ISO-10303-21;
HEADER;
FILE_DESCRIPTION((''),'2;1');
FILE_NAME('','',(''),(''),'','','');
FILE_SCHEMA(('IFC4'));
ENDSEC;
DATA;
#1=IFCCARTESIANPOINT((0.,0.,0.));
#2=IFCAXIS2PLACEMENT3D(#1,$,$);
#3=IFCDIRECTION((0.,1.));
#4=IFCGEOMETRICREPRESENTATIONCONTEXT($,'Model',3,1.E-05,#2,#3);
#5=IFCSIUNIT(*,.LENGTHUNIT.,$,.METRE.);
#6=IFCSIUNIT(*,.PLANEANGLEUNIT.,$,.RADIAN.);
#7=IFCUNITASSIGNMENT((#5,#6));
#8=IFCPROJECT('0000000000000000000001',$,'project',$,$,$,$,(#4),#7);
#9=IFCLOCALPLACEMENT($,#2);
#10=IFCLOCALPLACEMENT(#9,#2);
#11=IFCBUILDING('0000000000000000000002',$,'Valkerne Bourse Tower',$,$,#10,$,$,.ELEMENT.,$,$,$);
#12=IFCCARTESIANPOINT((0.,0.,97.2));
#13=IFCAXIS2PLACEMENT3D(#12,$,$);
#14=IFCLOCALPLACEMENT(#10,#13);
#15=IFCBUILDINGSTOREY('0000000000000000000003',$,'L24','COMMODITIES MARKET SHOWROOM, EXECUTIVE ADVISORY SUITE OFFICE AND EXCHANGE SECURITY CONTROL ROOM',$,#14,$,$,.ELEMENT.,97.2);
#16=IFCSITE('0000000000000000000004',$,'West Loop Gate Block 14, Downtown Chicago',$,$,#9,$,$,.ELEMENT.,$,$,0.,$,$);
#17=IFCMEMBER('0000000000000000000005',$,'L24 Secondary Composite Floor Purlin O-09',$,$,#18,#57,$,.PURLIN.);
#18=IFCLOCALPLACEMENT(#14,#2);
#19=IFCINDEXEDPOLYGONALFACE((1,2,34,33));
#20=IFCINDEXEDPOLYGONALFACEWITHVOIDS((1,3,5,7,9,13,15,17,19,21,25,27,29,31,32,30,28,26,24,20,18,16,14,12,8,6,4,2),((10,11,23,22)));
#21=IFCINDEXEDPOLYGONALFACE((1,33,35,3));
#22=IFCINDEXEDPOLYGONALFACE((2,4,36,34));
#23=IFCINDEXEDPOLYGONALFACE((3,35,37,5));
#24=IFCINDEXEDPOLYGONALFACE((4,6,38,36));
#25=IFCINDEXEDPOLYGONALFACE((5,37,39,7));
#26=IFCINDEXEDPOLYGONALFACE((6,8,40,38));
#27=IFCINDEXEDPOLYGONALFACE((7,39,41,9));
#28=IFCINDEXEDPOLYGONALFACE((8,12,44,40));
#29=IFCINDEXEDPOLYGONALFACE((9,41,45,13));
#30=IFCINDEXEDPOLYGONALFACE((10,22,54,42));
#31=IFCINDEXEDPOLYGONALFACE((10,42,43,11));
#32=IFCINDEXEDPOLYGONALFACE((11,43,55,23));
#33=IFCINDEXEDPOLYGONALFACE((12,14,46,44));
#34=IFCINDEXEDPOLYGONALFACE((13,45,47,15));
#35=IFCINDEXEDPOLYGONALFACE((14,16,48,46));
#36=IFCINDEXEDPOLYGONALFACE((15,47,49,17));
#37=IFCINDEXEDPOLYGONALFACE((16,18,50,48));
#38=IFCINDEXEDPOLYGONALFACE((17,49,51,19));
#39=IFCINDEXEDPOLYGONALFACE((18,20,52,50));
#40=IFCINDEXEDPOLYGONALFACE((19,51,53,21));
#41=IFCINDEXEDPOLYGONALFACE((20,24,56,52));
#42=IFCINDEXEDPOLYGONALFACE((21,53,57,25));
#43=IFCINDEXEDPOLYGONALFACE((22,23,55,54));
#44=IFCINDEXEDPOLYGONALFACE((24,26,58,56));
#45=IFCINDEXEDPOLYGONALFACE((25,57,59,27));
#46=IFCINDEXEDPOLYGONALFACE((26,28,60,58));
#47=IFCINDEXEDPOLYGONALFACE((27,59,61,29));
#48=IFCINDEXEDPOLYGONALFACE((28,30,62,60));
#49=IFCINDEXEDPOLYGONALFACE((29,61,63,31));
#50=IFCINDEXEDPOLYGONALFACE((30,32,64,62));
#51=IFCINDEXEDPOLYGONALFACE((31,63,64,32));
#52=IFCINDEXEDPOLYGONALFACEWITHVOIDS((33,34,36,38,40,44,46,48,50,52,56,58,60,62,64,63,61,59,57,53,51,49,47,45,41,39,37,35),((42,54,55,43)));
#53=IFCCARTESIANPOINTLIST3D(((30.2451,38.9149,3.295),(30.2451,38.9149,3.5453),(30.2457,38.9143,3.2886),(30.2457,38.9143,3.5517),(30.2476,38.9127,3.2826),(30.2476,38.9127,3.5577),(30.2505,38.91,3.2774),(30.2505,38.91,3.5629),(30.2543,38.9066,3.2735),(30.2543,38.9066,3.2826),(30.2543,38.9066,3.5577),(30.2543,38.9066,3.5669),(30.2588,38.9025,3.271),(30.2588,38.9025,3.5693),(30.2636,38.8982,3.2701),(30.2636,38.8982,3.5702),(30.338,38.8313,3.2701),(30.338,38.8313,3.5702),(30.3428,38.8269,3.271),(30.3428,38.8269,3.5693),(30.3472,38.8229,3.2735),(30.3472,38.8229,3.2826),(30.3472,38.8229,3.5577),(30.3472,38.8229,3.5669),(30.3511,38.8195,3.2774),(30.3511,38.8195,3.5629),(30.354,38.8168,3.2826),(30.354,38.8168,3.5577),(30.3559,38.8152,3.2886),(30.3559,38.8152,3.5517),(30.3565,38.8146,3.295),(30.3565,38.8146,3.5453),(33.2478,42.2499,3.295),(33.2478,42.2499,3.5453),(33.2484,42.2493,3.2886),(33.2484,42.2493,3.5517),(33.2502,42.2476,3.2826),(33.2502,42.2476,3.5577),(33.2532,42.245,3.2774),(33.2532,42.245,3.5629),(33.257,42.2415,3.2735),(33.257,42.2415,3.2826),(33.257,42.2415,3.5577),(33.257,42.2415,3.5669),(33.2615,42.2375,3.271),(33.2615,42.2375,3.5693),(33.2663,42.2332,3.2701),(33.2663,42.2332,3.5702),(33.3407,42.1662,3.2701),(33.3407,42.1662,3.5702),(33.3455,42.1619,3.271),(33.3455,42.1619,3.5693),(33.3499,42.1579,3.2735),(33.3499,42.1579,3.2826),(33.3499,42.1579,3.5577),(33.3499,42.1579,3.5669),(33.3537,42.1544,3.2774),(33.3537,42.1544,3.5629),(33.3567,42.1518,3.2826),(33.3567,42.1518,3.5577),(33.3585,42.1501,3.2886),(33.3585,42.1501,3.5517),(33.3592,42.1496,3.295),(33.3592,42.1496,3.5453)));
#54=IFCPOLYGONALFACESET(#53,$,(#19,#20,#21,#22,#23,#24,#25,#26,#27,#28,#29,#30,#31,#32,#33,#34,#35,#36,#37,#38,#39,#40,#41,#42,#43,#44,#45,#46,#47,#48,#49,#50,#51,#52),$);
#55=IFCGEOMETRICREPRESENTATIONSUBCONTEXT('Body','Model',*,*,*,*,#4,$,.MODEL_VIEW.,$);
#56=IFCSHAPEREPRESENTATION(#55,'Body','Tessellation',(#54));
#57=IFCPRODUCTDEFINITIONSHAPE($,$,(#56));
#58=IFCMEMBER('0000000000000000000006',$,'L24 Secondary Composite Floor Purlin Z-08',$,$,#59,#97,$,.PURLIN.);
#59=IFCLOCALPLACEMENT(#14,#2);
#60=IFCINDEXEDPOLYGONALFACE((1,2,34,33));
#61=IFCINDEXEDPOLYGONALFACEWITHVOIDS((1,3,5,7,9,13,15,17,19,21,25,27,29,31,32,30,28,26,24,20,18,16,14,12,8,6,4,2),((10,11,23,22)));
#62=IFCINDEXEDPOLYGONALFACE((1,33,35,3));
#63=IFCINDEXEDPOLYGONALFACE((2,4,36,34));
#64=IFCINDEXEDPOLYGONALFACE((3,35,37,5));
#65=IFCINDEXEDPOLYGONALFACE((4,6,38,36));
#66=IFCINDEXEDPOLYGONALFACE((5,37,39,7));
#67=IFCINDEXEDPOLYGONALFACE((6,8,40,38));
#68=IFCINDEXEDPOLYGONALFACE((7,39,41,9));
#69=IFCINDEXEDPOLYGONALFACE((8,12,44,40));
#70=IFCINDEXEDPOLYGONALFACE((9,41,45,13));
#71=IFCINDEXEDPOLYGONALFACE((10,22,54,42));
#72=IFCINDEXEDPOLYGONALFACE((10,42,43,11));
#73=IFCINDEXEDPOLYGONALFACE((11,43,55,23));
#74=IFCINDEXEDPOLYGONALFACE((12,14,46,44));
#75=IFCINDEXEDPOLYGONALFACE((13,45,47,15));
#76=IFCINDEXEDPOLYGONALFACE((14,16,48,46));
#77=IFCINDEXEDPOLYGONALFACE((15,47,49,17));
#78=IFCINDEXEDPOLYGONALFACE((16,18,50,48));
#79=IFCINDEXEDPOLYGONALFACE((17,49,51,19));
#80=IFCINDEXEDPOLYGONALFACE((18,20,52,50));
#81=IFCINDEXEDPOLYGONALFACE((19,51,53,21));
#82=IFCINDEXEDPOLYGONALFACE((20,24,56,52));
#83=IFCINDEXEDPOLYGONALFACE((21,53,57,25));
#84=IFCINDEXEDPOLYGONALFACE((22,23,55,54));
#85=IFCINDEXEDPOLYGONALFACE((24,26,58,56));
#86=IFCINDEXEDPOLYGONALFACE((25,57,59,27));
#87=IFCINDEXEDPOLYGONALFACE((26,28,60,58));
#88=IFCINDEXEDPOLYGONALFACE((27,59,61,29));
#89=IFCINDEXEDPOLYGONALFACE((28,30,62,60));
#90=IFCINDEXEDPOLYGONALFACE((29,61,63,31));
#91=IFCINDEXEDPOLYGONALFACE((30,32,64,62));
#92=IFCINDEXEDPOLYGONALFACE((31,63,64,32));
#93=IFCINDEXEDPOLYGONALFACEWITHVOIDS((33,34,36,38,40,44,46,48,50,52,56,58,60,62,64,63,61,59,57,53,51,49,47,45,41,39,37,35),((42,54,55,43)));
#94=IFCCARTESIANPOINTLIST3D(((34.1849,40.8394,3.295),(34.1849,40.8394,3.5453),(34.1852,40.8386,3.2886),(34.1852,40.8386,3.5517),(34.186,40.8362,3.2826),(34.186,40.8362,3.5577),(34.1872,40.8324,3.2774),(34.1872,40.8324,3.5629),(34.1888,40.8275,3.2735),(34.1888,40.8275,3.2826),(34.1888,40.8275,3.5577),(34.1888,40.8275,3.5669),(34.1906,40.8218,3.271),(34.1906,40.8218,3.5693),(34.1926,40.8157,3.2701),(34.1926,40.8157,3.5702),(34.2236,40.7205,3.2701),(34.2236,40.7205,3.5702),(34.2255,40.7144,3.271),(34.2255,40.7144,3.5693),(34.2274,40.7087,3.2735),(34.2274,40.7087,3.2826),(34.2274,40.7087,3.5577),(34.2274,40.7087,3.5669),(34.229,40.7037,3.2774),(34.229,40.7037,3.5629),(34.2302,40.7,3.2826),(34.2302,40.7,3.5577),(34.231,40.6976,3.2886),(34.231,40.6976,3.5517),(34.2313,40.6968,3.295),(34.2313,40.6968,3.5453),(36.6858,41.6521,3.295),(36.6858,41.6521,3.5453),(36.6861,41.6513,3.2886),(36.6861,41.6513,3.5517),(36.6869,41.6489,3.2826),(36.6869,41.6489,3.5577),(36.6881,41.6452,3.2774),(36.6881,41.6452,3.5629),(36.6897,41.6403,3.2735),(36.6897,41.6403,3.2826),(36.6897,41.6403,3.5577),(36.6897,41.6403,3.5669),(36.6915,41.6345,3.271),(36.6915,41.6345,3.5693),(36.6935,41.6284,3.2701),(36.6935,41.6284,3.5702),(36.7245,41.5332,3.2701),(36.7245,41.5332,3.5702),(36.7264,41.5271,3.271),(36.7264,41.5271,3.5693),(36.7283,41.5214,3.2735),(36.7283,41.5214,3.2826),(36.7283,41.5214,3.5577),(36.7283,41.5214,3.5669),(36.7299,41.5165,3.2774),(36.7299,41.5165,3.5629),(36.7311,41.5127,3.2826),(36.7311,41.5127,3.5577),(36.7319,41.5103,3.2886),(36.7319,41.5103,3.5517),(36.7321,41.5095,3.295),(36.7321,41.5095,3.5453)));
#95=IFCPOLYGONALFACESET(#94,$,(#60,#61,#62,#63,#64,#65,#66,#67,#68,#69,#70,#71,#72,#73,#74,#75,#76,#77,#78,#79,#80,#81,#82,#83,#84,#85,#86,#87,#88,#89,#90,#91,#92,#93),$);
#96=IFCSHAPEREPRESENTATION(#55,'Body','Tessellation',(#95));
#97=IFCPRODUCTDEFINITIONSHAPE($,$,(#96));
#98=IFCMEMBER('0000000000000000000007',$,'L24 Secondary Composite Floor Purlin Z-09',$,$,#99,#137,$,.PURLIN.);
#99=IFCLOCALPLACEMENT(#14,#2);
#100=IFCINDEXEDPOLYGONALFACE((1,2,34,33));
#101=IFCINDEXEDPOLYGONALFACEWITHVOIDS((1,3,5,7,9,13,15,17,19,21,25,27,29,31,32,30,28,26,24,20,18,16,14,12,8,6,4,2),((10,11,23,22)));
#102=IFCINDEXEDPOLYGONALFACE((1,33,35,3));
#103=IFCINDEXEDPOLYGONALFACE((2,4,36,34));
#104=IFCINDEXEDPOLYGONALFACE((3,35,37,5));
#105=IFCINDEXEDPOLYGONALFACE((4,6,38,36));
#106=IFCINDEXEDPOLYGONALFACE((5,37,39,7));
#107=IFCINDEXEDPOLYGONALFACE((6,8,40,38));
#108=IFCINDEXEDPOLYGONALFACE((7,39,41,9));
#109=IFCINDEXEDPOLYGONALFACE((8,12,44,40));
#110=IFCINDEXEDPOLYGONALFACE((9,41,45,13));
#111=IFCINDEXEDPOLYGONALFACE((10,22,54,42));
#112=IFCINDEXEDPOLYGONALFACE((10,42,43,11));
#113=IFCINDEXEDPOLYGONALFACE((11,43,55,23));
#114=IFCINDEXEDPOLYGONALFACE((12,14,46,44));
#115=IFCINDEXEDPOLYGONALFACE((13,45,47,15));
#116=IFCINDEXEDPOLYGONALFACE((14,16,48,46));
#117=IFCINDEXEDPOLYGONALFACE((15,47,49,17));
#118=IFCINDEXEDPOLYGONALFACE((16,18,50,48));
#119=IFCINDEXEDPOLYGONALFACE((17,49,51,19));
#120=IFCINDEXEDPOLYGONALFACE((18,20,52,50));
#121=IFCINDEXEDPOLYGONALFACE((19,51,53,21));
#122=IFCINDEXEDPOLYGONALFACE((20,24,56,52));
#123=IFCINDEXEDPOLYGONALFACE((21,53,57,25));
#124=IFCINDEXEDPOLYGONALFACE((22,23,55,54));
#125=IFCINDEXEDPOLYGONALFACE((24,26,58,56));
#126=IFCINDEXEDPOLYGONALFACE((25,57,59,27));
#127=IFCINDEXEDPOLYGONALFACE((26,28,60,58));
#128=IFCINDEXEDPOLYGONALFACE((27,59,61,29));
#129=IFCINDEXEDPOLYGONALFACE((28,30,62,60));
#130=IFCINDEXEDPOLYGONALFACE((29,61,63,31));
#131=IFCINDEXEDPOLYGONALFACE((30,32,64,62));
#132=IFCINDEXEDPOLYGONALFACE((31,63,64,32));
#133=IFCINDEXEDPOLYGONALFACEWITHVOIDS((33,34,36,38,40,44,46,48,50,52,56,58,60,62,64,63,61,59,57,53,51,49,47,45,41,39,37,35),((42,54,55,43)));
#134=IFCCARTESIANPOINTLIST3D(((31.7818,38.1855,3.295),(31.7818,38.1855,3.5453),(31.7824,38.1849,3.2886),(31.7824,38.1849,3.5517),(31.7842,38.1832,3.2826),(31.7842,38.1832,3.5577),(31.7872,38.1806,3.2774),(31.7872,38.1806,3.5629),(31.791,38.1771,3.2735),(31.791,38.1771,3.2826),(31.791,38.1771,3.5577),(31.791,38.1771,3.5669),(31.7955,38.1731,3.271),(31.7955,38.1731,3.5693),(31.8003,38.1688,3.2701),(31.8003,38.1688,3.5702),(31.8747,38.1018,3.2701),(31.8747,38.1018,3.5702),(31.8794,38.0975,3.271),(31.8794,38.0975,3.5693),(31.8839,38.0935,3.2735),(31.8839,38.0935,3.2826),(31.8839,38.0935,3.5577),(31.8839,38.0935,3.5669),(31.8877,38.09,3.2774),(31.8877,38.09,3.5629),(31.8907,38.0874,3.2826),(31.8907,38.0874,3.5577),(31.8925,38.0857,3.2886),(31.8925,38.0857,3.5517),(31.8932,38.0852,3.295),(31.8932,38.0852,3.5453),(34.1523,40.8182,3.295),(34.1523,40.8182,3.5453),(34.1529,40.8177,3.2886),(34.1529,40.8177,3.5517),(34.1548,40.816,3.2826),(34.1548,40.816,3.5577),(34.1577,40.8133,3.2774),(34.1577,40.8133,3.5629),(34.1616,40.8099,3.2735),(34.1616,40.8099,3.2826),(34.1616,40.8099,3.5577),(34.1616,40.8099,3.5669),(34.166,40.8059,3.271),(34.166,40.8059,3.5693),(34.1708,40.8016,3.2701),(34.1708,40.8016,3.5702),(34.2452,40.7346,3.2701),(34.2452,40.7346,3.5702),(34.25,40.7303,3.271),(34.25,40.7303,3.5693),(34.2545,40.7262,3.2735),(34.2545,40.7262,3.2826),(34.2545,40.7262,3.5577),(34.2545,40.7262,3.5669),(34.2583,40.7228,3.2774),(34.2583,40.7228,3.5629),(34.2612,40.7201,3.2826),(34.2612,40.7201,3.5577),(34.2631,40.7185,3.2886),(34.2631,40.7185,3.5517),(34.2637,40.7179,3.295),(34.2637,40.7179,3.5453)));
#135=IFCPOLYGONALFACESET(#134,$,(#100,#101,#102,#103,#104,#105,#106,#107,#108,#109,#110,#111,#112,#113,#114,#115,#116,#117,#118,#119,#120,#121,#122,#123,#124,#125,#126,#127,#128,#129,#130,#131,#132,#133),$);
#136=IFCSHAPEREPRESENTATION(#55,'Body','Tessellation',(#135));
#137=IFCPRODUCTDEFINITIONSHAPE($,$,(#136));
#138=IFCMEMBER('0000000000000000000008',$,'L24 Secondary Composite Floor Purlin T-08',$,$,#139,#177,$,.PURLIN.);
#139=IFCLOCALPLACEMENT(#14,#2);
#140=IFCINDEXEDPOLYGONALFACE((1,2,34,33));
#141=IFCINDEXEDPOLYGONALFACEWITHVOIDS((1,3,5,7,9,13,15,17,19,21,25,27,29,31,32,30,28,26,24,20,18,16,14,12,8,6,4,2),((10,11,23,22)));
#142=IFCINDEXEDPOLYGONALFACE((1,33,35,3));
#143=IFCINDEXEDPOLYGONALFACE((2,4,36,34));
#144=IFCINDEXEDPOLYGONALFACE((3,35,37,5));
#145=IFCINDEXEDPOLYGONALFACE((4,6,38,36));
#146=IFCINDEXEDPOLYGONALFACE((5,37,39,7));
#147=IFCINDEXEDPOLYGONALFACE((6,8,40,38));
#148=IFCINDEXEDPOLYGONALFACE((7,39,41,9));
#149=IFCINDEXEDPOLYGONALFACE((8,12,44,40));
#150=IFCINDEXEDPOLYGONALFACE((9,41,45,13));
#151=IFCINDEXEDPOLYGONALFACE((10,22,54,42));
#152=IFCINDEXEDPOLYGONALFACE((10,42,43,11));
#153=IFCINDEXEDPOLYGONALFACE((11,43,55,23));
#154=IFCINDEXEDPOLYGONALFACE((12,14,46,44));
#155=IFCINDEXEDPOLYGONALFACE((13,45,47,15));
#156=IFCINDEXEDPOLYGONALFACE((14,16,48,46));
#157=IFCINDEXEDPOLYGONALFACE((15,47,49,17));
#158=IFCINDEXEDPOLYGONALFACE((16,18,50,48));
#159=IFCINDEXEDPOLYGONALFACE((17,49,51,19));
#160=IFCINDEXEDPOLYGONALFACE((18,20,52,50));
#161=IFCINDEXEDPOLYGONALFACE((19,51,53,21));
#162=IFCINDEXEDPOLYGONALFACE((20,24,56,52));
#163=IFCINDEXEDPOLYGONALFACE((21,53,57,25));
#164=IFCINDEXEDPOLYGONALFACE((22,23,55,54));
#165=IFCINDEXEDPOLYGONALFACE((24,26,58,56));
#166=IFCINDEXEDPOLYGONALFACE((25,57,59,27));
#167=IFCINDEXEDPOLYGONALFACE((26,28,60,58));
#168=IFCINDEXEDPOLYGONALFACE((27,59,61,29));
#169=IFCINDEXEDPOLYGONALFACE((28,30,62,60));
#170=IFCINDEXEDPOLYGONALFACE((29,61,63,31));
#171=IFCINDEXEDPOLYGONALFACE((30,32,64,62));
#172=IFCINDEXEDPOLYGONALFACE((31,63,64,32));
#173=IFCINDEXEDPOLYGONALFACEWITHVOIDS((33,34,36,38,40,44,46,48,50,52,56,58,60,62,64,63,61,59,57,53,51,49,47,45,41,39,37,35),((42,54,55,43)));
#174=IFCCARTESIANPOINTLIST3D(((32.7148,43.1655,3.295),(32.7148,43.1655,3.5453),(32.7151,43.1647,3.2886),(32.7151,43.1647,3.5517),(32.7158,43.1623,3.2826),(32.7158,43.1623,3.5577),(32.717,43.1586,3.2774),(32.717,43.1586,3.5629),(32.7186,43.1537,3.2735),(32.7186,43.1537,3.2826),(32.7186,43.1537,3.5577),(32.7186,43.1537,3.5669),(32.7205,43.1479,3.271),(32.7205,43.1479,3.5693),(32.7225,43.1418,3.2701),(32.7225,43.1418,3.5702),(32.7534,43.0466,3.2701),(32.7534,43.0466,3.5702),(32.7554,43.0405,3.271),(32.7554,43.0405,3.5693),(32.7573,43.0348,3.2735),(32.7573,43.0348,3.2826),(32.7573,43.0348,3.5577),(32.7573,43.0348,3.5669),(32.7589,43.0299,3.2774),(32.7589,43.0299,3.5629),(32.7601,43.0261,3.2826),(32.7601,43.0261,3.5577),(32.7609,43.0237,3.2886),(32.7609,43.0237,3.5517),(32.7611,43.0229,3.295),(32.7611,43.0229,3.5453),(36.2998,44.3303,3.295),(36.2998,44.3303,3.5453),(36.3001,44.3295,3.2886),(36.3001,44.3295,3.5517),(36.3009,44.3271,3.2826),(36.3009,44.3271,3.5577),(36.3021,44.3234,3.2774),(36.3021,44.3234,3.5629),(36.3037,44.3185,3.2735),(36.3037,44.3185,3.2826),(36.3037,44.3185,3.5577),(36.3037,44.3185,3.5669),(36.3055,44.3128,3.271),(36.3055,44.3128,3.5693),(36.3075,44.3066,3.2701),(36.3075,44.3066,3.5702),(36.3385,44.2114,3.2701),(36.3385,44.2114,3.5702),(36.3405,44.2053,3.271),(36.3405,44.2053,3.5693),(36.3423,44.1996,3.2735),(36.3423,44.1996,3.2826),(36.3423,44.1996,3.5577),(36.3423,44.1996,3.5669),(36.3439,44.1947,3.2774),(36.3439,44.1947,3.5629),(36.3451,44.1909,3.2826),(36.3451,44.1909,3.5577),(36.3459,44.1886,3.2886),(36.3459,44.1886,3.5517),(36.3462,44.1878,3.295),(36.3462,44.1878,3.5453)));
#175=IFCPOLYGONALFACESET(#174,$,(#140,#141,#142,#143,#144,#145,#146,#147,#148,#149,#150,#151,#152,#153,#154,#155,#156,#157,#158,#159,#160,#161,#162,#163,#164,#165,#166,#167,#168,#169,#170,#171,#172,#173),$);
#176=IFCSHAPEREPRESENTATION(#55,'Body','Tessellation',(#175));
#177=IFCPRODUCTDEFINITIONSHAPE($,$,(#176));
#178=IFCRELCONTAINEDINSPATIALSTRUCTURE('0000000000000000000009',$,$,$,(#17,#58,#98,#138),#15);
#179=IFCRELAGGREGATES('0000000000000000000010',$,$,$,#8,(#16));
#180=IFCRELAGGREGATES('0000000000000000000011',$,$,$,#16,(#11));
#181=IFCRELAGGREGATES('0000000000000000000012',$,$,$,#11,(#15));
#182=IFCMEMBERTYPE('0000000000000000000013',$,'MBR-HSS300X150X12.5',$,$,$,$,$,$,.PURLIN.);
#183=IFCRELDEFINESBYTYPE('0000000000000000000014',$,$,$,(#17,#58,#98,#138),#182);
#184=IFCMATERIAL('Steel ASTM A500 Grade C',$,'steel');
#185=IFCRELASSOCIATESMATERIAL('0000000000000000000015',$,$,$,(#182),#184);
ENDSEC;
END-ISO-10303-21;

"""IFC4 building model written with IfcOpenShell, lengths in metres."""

from ifc_helpers import new_model, si_unit, direction, frame, origin, origin_2d, place, context, subcontext, project, spatial, hollow_rectangle, extrude, material, material_profile, profile_set, type_object, element, save


model = new_model("IFC4")

# Units and contexts
model_context = context("Model", 3, precision=1e-05, world=origin(), true_north=direction((0.0, 1.0)))
body_context = subcontext(model_context, "Body", "Model", "MODEL_VIEW")
ifc_project = project(units=[si_unit("LENGTHUNIT", "METRE"), si_unit("PLANEANGLEUNIT", "RADIAN")], contexts=[model_context])

# Site, building, storey
site_placement = place(None, origin())
site = spatial("IfcSite", under=ifc_project, at=site_placement, Name="West Loop Gate Block 14, Downtown Chicago", CompositionType="ELEMENT", RefElevation=0.0)
building_placement = place(site_placement, origin())
building = spatial("IfcBuilding", under=site, at=building_placement, Name="Valkerne Bourse Tower", CompositionType="ELEMENT")
storey_placement = place(building_placement, frame((0.0, 0.0, 97.2)))
storey = spatial("IfcBuildingStorey", under=building, at=storey_placement, Name="L24", Description="COMMODITIES MARKET SHOWROOM, EXECUTIVE ADVISORY SUITE OFFICE AND EXCHANGE SECURITY CONTROL ROOM", CompositionType="ELEMENT", Elevation=97.2)

# Members
ifc_material_1 = material(Name="Steel ASTM A500 Grade C", Category="steel")
ifc_material_profile_1 = material_profile(ifc_material_1, hollow_rectangle(XDim=0.1499, YDim=0.3, WallThickness=0.0125, OuterFilletRadius=0.0249, at=origin_2d()), Name="HSS300X150X12.5")
ifc_profile_set_1 = profile_set([ifc_material_profile_1], Name="Steel ASTM A500 Grade C")
member_type_1 = type_object("IfcMemberType", Name="MBR-HSS300X150X12.5", PredefinedType="PURLIN", material=ifc_profile_set_1)
member_1_placement = place(storey_placement, frame((33.3035, 42.1997, 3.4202), z_axis=(-0.669115, -0.743159, 0.0), x_axis=(0.743159, -0.669115, 0.0)))
element("IfcMember", 1, at=member_1_placement, inside=storey, type_object=member_type_1, Name="L24 Secondary Composite Floor Purlin O-09", PredefinedType="PURLIN", context=body_context, shape_type="SweptSolid", body=[
    extrude(hollow_rectangle(XDim=0.1499, YDim=0.3, WallThickness=0.0125, OuterFilletRadius=0.0249, at=origin_2d()), origin(), (0.0, 0.0, 1.0), 4.4875),
])
member_2_placement = place(storey_placement, frame((36.709, 41.5808, 3.4202), z_axis=(-0.951042, -0.309061, 0.0), x_axis=(0.309061, -0.951042, 0.0)))
element("IfcMember", 2, at=member_2_placement, inside=storey, type_object=member_type_1, Name="L24 Secondary Composite Floor Purlin Z-08", PredefinedType="PURLIN", context=body_context, shape_type="SweptSolid", body=[
    extrude(hollow_rectangle(XDim=0.1499, YDim=0.3, WallThickness=0.0125, OuterFilletRadius=0.0249, at=origin_2d()), origin(), (0.0, 0.0, 1.0), 2.6296),
])
member_3_placement = place(storey_placement, frame((34.208, 40.7681, 3.4202), z_axis=(-0.669132, -0.743143, 0.0), x_axis=(0.743143, -0.669132, 0.0)))
element("IfcMember", 3, at=member_3_placement, inside=storey, type_object=member_type_1, Name="L24 Secondary Composite Floor Purlin Z-09", PredefinedType="PURLIN", context=body_context, shape_type="SweptSolid", body=[
    extrude(hollow_rectangle(XDim=0.1499, YDim=0.3, WallThickness=0.0125, OuterFilletRadius=0.0249, at=origin_2d()), origin(), (0.0, 0.0, 1.0), 3.5427),
])
member_4_placement = place(storey_placement, frame((36.323, 44.259, 3.4202), z_axis=(-0.951059, -0.30901, 0.0), x_axis=(0.30901, -0.951059, 0.0)))
element("IfcMember", 4, at=member_4_placement, inside=storey, type_object=member_type_1, Name="L24 Secondary Composite Floor Purlin T-08", PredefinedType="PURLIN", context=body_context, shape_type="SweptSolid", body=[
    extrude(hollow_rectangle(XDim=0.1499, YDim=0.3, WallThickness=0.0125, OuterFilletRadius=0.0249, at=origin_2d()), origin(), (0.0, 0.0, 1.0), 3.7695),
])

save(model, "model.ifc")
